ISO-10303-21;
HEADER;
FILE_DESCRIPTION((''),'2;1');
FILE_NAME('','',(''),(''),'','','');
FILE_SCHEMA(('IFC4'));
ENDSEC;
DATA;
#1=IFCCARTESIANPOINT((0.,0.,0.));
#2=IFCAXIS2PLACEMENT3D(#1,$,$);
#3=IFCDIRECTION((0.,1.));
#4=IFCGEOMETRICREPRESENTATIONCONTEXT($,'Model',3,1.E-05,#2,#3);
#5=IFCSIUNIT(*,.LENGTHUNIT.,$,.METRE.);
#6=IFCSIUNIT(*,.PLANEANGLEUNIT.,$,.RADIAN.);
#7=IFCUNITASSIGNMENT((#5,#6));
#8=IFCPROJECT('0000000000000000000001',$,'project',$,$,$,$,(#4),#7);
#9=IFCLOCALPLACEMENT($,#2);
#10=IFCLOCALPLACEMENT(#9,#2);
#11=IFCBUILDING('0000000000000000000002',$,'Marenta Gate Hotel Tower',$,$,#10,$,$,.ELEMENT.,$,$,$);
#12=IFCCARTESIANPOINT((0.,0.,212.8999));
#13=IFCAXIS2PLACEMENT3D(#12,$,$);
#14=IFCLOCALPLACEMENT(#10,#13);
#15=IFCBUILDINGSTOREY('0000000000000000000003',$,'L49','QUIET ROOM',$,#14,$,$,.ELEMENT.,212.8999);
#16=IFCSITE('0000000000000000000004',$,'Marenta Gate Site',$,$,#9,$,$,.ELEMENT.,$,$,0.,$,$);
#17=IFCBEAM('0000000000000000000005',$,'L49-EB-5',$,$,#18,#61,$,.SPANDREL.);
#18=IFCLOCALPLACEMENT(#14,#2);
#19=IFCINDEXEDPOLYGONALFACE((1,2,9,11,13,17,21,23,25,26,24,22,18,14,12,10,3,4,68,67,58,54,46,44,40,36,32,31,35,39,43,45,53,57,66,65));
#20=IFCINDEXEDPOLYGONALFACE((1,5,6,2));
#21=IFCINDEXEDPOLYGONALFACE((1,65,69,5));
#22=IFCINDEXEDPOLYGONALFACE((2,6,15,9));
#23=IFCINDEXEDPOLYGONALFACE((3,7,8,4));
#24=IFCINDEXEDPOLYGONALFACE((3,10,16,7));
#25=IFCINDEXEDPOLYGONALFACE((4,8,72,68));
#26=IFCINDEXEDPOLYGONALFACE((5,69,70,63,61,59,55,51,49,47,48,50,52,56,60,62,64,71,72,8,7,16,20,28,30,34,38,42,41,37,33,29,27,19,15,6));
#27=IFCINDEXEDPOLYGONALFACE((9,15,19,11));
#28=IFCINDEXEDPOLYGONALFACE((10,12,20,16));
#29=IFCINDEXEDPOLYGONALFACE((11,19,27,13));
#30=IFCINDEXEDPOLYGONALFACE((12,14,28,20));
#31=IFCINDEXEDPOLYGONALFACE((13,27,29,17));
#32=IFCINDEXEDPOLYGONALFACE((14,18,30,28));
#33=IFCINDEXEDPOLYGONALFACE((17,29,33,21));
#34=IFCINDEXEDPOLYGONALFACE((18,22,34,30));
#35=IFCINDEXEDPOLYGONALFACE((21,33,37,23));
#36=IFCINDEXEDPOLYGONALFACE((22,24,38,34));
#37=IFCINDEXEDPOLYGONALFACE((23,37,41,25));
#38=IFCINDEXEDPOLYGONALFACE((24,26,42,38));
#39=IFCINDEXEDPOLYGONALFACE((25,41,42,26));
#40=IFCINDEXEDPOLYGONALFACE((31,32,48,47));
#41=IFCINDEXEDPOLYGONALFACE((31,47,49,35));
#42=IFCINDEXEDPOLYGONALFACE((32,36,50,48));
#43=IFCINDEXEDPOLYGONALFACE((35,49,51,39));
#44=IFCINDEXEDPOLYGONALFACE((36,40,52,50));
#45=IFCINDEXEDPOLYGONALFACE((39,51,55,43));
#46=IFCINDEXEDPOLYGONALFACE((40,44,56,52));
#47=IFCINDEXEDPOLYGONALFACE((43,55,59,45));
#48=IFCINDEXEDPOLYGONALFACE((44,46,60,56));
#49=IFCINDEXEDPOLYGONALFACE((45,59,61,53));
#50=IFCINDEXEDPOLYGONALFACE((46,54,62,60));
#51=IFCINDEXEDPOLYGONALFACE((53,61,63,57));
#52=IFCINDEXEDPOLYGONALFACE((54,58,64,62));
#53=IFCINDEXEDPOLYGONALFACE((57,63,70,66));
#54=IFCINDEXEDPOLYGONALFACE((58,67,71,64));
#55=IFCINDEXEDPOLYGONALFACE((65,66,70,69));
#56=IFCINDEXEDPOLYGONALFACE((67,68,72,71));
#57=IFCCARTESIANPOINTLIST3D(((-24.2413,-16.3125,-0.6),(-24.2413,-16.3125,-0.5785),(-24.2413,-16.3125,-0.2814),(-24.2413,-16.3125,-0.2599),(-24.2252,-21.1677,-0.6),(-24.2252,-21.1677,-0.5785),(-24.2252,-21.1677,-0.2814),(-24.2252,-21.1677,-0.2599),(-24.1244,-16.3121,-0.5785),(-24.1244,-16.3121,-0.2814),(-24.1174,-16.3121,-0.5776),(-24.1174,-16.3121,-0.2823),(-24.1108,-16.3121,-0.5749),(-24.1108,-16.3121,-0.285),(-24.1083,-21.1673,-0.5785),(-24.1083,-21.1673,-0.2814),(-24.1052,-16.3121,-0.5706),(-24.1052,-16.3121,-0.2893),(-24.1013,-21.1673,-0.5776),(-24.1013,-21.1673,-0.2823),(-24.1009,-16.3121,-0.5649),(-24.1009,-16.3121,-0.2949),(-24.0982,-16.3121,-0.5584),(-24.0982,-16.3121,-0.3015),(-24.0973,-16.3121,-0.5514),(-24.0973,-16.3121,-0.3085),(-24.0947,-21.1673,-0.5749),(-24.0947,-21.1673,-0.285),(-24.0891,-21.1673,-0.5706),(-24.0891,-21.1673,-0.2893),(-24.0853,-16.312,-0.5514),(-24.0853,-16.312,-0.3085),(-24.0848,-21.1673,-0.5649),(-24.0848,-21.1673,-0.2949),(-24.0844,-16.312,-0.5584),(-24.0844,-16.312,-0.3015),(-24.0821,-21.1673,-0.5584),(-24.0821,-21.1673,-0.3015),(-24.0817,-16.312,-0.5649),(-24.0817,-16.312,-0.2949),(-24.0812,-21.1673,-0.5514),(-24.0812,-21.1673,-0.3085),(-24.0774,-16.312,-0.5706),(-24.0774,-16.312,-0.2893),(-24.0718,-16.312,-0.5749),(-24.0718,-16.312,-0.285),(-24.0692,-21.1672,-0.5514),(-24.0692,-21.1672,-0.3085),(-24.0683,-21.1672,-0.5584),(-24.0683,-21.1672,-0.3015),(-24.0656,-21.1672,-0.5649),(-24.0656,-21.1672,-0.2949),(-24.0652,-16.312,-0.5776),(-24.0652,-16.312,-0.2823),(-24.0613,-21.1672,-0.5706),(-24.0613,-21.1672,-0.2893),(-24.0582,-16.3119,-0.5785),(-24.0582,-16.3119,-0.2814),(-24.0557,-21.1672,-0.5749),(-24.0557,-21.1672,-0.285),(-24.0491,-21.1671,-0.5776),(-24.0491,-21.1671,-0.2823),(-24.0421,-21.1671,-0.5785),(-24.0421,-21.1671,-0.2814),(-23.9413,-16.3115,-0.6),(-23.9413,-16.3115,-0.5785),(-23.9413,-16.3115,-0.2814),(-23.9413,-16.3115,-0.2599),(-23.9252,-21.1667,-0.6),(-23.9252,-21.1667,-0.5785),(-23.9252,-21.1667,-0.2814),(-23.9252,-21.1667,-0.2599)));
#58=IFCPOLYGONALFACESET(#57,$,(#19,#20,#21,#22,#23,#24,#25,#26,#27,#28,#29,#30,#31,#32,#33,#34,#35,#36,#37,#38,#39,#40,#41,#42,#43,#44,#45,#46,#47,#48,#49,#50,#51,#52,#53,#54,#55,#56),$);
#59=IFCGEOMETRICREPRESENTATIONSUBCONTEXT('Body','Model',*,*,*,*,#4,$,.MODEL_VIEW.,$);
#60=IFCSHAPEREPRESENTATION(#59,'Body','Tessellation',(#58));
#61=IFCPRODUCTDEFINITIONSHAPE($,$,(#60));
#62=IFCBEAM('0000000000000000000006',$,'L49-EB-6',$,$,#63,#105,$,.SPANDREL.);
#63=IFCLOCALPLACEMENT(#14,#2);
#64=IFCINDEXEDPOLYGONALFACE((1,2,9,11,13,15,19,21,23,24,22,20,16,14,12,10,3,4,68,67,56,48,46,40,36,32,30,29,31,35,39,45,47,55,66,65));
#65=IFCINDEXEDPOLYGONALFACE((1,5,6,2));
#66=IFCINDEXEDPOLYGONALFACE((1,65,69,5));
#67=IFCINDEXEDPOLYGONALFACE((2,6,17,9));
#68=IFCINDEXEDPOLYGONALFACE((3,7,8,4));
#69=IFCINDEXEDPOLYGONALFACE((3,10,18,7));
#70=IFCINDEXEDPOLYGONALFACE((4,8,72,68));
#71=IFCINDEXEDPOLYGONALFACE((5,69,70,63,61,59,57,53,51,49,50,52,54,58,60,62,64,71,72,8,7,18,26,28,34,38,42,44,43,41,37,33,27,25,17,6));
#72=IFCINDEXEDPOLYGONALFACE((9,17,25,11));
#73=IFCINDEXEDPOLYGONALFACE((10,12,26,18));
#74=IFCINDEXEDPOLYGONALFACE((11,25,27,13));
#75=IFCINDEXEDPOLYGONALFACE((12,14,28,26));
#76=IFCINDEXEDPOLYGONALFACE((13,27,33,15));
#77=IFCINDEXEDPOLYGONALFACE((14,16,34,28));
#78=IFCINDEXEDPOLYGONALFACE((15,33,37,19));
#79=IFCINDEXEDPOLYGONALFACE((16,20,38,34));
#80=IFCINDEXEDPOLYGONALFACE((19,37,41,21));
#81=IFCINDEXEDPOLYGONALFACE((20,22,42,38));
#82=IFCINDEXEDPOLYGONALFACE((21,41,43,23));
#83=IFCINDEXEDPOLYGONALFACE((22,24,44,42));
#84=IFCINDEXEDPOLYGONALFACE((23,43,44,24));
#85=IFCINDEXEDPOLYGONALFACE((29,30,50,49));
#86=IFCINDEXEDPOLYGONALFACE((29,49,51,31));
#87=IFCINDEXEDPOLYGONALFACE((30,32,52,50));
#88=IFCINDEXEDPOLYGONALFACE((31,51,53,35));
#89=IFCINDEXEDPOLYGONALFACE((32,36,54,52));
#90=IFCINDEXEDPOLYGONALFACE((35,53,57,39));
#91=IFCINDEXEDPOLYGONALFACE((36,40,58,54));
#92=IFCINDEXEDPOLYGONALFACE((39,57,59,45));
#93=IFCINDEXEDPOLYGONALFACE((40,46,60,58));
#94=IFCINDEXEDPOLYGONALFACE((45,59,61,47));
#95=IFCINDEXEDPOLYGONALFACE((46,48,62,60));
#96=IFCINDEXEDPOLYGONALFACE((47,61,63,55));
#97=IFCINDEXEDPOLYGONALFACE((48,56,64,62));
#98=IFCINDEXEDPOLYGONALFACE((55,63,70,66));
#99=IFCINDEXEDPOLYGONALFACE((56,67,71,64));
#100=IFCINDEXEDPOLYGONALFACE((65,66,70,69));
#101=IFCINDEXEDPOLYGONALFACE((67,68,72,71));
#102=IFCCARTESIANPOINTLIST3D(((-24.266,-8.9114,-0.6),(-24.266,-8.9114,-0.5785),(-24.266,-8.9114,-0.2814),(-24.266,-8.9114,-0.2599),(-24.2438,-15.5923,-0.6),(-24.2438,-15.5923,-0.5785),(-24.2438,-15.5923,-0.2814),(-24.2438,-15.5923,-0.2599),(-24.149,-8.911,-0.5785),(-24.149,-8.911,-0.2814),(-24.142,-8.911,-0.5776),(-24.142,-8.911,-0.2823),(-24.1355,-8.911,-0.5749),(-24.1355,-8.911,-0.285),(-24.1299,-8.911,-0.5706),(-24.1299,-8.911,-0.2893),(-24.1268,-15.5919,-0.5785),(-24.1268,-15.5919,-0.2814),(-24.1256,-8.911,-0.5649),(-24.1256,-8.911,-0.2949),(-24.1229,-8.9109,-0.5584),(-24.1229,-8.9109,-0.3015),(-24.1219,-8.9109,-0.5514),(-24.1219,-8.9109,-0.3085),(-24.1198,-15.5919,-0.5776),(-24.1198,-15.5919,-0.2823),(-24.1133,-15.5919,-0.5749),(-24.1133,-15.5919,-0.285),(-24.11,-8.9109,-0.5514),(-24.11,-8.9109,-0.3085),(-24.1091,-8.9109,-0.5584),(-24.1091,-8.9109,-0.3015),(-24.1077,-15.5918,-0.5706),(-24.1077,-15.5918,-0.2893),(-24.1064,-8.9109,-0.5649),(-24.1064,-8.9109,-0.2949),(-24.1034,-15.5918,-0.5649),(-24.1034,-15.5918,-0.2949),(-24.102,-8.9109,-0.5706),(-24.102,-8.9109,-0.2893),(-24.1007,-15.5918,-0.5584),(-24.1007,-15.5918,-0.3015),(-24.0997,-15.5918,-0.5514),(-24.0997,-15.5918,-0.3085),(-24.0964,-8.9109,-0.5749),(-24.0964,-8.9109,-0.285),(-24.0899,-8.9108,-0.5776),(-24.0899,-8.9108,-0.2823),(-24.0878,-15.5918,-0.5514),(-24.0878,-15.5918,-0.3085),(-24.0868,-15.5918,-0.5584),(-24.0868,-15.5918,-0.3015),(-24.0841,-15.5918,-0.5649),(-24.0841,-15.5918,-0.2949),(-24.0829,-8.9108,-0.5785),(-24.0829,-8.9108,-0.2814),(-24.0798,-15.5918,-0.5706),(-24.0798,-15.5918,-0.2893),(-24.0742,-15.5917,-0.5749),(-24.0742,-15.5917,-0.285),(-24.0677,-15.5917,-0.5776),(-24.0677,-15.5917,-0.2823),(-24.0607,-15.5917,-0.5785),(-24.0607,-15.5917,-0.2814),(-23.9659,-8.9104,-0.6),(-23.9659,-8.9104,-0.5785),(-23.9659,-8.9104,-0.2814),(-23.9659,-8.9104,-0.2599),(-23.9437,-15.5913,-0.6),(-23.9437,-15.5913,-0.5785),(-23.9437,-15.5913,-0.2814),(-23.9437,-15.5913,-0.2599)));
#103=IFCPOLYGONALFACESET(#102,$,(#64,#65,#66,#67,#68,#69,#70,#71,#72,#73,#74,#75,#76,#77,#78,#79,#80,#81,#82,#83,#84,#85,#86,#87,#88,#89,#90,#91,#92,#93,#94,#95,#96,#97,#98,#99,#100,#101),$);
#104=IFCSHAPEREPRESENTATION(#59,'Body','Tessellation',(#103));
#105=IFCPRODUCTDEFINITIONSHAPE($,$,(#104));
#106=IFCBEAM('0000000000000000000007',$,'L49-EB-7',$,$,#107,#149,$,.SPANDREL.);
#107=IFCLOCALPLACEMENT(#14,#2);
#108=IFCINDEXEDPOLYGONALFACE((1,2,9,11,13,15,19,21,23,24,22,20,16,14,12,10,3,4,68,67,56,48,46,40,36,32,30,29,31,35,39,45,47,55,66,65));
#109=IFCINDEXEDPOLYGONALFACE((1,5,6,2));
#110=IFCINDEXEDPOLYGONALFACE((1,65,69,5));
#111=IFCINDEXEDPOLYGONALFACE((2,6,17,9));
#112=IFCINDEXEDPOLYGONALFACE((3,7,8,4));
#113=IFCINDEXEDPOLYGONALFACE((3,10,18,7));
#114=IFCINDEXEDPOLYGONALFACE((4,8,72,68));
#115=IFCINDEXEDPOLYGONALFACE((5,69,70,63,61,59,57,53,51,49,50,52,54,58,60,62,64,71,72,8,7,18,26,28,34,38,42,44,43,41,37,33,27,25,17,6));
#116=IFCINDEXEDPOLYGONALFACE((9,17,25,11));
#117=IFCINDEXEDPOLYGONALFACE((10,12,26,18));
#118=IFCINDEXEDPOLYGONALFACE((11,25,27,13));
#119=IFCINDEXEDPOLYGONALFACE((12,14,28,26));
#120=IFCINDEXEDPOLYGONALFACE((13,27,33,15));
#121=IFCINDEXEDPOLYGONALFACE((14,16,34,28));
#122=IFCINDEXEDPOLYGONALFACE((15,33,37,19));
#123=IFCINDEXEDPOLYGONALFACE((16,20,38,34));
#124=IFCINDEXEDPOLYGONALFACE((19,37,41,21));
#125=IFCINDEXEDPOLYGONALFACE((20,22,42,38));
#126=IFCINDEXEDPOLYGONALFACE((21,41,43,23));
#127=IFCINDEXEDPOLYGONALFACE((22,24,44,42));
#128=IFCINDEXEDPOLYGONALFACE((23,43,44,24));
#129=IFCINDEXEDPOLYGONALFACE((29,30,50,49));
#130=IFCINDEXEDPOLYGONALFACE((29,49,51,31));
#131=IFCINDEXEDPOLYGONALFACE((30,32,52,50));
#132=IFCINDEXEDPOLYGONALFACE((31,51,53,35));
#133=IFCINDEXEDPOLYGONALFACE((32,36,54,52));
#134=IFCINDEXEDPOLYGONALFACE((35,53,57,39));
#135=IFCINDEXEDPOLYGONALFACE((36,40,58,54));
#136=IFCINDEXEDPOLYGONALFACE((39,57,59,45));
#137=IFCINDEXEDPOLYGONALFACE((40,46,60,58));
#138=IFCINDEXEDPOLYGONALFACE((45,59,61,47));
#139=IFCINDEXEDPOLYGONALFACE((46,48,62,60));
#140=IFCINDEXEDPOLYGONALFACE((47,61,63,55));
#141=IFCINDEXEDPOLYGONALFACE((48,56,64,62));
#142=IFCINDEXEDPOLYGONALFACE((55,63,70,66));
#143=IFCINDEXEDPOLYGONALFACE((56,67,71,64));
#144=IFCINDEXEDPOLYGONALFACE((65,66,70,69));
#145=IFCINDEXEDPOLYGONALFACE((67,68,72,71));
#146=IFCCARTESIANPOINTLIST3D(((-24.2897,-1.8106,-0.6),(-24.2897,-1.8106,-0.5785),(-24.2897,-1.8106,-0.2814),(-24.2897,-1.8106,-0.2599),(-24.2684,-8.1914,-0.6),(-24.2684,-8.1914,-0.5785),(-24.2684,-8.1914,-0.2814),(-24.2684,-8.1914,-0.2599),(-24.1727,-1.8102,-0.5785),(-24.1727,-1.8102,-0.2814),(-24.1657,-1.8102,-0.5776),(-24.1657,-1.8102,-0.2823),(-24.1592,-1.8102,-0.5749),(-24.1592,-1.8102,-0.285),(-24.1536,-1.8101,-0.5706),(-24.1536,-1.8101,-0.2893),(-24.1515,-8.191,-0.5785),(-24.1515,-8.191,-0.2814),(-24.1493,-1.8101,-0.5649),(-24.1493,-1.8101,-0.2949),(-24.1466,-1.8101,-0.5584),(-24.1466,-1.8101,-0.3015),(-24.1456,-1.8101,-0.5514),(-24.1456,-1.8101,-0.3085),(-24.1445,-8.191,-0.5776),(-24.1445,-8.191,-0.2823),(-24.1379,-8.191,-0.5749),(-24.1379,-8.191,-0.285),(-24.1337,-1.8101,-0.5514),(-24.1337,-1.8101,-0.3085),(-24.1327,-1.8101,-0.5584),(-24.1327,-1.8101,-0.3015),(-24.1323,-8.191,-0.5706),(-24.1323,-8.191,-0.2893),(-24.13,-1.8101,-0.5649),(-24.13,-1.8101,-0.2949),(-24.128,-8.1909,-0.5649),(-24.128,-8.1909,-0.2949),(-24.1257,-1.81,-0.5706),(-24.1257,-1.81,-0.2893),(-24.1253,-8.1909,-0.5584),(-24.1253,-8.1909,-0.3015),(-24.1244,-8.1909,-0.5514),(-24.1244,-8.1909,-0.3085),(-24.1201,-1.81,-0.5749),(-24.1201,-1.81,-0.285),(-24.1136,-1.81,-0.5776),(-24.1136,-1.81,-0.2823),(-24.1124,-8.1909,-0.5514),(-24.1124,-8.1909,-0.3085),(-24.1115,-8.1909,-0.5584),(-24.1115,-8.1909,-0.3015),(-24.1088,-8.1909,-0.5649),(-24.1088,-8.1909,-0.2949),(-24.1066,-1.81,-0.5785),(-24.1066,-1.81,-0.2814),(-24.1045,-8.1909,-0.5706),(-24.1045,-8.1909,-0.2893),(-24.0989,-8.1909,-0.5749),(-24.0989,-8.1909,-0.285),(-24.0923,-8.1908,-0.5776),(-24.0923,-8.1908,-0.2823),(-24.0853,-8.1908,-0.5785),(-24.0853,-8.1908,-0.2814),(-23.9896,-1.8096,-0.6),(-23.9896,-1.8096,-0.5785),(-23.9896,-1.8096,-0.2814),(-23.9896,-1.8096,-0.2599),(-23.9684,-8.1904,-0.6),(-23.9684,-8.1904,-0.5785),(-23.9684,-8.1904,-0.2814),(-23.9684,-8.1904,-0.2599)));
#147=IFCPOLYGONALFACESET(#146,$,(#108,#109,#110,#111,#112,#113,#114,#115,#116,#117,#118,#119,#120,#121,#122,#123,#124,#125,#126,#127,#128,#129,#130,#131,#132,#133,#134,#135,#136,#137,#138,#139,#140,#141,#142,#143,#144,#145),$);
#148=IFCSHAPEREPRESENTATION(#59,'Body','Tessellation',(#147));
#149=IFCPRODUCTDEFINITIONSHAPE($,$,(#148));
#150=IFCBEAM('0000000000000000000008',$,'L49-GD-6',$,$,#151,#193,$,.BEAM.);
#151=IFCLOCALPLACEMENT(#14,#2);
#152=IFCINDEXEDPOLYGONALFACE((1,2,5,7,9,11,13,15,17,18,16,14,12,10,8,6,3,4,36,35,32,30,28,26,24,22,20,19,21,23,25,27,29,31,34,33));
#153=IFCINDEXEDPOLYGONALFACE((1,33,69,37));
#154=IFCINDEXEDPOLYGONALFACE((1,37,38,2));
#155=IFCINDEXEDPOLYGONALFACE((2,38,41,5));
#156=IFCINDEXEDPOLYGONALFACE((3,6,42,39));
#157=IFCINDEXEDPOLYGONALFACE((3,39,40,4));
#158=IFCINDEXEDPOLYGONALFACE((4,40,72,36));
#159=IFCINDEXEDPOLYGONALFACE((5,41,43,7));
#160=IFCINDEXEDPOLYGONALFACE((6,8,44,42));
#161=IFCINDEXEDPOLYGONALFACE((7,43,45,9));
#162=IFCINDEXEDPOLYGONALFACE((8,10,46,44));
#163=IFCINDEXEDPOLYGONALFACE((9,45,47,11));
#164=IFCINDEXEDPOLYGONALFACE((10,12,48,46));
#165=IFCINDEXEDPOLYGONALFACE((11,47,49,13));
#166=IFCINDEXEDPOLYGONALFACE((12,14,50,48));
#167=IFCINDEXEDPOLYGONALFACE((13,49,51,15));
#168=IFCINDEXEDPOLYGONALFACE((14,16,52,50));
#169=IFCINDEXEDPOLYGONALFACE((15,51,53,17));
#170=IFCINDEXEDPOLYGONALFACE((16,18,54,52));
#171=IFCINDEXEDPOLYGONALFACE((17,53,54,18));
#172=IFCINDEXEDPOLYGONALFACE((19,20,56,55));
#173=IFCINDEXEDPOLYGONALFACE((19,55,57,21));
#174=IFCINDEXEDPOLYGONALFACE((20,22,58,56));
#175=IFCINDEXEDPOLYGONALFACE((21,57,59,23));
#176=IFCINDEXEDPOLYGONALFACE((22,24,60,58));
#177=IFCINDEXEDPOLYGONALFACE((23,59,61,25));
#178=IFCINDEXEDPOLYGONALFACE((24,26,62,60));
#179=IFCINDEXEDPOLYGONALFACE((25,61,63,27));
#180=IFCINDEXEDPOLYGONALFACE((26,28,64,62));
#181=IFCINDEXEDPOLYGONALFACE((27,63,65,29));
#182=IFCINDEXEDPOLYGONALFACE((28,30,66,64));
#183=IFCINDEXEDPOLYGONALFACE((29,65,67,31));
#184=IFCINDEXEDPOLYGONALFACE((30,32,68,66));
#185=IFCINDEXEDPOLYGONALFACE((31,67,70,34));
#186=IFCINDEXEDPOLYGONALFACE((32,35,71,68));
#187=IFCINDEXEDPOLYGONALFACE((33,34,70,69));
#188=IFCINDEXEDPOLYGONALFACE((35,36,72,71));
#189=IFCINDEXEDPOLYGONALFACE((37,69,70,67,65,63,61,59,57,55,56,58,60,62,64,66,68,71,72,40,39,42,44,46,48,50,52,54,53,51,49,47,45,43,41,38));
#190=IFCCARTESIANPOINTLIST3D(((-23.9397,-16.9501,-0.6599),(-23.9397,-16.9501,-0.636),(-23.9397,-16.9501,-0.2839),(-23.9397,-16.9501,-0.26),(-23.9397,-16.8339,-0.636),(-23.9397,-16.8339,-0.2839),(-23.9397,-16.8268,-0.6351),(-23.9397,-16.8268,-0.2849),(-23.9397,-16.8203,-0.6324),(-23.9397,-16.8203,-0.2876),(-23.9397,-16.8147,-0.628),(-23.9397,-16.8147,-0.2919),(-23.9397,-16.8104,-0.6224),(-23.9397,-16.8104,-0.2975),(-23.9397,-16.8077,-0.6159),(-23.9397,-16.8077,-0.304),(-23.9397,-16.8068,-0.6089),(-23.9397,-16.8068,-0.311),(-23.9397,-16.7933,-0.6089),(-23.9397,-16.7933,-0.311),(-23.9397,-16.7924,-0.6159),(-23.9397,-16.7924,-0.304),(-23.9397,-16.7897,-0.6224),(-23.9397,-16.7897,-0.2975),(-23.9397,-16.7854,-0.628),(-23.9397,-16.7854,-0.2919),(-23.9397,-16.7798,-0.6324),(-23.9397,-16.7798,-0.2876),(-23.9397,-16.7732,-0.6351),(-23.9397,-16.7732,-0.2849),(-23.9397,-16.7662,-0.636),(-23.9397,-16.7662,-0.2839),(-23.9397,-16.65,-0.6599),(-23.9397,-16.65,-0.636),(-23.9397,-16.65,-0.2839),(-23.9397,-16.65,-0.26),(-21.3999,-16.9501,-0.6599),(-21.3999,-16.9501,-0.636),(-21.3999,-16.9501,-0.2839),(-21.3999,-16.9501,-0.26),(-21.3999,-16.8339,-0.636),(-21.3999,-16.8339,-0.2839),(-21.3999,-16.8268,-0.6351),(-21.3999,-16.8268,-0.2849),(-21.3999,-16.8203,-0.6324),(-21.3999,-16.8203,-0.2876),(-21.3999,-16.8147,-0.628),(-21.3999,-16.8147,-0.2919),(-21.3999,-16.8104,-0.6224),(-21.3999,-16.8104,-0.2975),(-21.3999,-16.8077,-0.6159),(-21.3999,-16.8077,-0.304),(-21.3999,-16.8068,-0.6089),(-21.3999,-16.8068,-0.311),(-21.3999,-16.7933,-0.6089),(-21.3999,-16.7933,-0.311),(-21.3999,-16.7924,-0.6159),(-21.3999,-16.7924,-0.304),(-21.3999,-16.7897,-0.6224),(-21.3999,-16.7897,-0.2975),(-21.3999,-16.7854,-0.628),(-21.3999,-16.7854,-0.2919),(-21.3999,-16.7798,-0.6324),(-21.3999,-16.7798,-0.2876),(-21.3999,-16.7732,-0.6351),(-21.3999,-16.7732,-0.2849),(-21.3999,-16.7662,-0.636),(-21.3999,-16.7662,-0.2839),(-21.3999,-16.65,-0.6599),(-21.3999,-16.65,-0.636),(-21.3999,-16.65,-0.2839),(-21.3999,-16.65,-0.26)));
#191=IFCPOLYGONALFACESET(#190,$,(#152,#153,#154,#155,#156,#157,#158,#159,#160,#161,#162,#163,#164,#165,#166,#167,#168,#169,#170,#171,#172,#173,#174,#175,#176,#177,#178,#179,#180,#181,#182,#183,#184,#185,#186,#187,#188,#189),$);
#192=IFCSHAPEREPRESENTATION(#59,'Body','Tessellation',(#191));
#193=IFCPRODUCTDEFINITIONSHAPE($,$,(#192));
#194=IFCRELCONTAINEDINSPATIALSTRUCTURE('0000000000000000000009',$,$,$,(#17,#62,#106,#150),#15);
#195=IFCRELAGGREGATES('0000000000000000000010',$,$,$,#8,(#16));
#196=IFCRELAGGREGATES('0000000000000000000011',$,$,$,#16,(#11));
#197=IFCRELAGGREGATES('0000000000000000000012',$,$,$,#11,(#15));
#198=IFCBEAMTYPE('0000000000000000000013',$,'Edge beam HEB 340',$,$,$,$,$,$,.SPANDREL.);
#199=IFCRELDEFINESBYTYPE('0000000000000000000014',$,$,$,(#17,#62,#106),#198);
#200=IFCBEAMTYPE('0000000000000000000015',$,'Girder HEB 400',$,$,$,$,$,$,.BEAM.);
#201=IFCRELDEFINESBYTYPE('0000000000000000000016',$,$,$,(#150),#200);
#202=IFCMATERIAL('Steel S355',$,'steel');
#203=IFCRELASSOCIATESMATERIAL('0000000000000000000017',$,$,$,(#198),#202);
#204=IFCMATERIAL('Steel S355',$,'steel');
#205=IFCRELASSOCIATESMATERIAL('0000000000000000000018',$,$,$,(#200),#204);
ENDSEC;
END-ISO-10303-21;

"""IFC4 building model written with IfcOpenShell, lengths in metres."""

from ifc_helpers import new_model, si_unit, direction, frame, origin, origin_2d, place, context, subcontext, project, spatial, i_section, extrude, material, material_profile, profile_set, type_object, element, save


model = new_model("IFC4")

# Units and contexts
model_context = context("Model", 3, precision=1e-05, world=origin(), true_north=direction((0.0, 1.0)))
body_context = subcontext(model_context, "Body", "Model", "MODEL_VIEW")
ifc_project = project(units=[si_unit("LENGTHUNIT", "METRE"), si_unit("PLANEANGLEUNIT", "RADIAN")], contexts=[model_context])

# Site, building, storey
site_placement = place(None, origin())
site = spatial("IfcSite", under=ifc_project, at=site_placement, Name="Marenta Gate Site", CompositionType="ELEMENT", RefElevation=0.0)
building_placement = place(site_placement, origin())
building = spatial("IfcBuilding", under=site, at=building_placement, Name="Marenta Gate Hotel Tower", CompositionType="ELEMENT")
storey_placement = place(building_placement, frame((0.0, 0.0, 212.8999)))
storey = spatial("IfcBuildingStorey", under=building, at=storey_placement, Name="L49", Description="QUIET ROOM", CompositionType="ELEMENT", Elevation=212.8999)

# Beams
ifc_material_1 = material(Name="Steel S355", Category="steel")
ifc_material_profile_1 = material_profile(ifc_material_1, i_section(OverallWidth=0.3, OverallDepth=0.3401, WebThickness=0.012, FlangeThickness=0.0215, FilletRadius=0.0271, at=origin_2d()), Name="HEB 340")
ifc_profile_set_1 = profile_set([ifc_material_profile_1], Name="Steel S355")
beam_type_1 = type_object("IfcBeamType", Name="Edge beam HEB 340", PredefinedType="SPANDREL", material=ifc_profile_set_1)
beam_1_placement = place(storey_placement, frame((-24.0752, -21.1672, -0.4299), z_axis=(-0.003319, 0.999994, 0.0), x_axis=(-0.999994, -0.003319, 0.0)))
element("IfcBeam", 1, at=beam_1_placement, inside=storey, type_object=beam_type_1, Name="L49-EB-5", PredefinedType="SPANDREL", context=body_context, shape_type="SweptSolid", body=[
    extrude(i_section(OverallWidth=0.3, OverallDepth=0.3401, WebThickness=0.012, FlangeThickness=0.0215, FilletRadius=0.0271, at=origin_2d()), origin(), (0.0, 0.0, 1.0), 4.8552),
])
beam_2_placement = place(storey_placement, frame((-24.0938, -15.5918, -0.4299), z_axis=(-0.003325, 0.999994, 0.0), x_axis=(-0.999994, -0.003325, 0.0)))
element("IfcBeam", 2, at=beam_2_placement, inside=storey, type_object=beam_type_1, Name="L49-EB-6", PredefinedType="SPANDREL", context=body_context, shape_type="SweptSolid", body=[
    extrude(i_section(OverallWidth=0.3, OverallDepth=0.3401, WebThickness=0.012, FlangeThickness=0.0215, FilletRadius=0.0271, at=origin_2d()), origin(), (0.0, 0.0, 1.0), 6.6809),
])
beam_3_placement = place(storey_placement, frame((-24.1184, -8.1909, -0.4299), z_axis=(-0.003329, 0.999994, 0.0), x_axis=(-0.999994, -0.003329, 0.0)))
element("IfcBeam", 3, at=beam_3_placement, inside=storey, type_object=beam_type_1, Name="L49-EB-7", PredefinedType="SPANDREL", context=body_context, shape_type="SweptSolid", body=[
    extrude(i_section(OverallWidth=0.3, OverallDepth=0.3401, WebThickness=0.012, FlangeThickness=0.0215, FilletRadius=0.0271, at=origin_2d()), origin(), (0.0, 0.0, 1.0), 6.3809),
])
ifc_material_2 = material(Name="Steel S355", Category="steel")
ifc_material_profile_2 = material_profile(ifc_material_2, i_section(OverallWidth=0.3, OverallDepth=0.3999, WebThickness=0.0134, FlangeThickness=0.0239, FilletRadius=0.0271, at=origin_2d()), Name="HEB 400")
ifc_profile_set_2 = profile_set([ifc_material_profile_2], Name="Steel S355")
beam_type_2 = type_object("IfcBeamType", Name="Girder HEB 400", PredefinedType="BEAM", material=ifc_profile_set_2)
beam_4_placement = place(storey_placement, frame((-23.9397, -16.8, -0.46), z_axis=(1.0, 0.0, 0.0), x_axis=(0.0, 1.0, 0.0)))
element("IfcBeam", 4, at=beam_4_placement, inside=storey, type_object=beam_type_2, Name="L49-GD-6", PredefinedType="BEAM", context=body_context, shape_type="SweptSolid", body=[
    extrude(i_section(OverallWidth=0.3, OverallDepth=0.3999, WebThickness=0.0134, FlangeThickness=0.0239, FilletRadius=0.0271, at=origin_2d()), origin(), (0.0, 0.0, 1.0), 2.5398),
])

save(model, "model.ifc")
